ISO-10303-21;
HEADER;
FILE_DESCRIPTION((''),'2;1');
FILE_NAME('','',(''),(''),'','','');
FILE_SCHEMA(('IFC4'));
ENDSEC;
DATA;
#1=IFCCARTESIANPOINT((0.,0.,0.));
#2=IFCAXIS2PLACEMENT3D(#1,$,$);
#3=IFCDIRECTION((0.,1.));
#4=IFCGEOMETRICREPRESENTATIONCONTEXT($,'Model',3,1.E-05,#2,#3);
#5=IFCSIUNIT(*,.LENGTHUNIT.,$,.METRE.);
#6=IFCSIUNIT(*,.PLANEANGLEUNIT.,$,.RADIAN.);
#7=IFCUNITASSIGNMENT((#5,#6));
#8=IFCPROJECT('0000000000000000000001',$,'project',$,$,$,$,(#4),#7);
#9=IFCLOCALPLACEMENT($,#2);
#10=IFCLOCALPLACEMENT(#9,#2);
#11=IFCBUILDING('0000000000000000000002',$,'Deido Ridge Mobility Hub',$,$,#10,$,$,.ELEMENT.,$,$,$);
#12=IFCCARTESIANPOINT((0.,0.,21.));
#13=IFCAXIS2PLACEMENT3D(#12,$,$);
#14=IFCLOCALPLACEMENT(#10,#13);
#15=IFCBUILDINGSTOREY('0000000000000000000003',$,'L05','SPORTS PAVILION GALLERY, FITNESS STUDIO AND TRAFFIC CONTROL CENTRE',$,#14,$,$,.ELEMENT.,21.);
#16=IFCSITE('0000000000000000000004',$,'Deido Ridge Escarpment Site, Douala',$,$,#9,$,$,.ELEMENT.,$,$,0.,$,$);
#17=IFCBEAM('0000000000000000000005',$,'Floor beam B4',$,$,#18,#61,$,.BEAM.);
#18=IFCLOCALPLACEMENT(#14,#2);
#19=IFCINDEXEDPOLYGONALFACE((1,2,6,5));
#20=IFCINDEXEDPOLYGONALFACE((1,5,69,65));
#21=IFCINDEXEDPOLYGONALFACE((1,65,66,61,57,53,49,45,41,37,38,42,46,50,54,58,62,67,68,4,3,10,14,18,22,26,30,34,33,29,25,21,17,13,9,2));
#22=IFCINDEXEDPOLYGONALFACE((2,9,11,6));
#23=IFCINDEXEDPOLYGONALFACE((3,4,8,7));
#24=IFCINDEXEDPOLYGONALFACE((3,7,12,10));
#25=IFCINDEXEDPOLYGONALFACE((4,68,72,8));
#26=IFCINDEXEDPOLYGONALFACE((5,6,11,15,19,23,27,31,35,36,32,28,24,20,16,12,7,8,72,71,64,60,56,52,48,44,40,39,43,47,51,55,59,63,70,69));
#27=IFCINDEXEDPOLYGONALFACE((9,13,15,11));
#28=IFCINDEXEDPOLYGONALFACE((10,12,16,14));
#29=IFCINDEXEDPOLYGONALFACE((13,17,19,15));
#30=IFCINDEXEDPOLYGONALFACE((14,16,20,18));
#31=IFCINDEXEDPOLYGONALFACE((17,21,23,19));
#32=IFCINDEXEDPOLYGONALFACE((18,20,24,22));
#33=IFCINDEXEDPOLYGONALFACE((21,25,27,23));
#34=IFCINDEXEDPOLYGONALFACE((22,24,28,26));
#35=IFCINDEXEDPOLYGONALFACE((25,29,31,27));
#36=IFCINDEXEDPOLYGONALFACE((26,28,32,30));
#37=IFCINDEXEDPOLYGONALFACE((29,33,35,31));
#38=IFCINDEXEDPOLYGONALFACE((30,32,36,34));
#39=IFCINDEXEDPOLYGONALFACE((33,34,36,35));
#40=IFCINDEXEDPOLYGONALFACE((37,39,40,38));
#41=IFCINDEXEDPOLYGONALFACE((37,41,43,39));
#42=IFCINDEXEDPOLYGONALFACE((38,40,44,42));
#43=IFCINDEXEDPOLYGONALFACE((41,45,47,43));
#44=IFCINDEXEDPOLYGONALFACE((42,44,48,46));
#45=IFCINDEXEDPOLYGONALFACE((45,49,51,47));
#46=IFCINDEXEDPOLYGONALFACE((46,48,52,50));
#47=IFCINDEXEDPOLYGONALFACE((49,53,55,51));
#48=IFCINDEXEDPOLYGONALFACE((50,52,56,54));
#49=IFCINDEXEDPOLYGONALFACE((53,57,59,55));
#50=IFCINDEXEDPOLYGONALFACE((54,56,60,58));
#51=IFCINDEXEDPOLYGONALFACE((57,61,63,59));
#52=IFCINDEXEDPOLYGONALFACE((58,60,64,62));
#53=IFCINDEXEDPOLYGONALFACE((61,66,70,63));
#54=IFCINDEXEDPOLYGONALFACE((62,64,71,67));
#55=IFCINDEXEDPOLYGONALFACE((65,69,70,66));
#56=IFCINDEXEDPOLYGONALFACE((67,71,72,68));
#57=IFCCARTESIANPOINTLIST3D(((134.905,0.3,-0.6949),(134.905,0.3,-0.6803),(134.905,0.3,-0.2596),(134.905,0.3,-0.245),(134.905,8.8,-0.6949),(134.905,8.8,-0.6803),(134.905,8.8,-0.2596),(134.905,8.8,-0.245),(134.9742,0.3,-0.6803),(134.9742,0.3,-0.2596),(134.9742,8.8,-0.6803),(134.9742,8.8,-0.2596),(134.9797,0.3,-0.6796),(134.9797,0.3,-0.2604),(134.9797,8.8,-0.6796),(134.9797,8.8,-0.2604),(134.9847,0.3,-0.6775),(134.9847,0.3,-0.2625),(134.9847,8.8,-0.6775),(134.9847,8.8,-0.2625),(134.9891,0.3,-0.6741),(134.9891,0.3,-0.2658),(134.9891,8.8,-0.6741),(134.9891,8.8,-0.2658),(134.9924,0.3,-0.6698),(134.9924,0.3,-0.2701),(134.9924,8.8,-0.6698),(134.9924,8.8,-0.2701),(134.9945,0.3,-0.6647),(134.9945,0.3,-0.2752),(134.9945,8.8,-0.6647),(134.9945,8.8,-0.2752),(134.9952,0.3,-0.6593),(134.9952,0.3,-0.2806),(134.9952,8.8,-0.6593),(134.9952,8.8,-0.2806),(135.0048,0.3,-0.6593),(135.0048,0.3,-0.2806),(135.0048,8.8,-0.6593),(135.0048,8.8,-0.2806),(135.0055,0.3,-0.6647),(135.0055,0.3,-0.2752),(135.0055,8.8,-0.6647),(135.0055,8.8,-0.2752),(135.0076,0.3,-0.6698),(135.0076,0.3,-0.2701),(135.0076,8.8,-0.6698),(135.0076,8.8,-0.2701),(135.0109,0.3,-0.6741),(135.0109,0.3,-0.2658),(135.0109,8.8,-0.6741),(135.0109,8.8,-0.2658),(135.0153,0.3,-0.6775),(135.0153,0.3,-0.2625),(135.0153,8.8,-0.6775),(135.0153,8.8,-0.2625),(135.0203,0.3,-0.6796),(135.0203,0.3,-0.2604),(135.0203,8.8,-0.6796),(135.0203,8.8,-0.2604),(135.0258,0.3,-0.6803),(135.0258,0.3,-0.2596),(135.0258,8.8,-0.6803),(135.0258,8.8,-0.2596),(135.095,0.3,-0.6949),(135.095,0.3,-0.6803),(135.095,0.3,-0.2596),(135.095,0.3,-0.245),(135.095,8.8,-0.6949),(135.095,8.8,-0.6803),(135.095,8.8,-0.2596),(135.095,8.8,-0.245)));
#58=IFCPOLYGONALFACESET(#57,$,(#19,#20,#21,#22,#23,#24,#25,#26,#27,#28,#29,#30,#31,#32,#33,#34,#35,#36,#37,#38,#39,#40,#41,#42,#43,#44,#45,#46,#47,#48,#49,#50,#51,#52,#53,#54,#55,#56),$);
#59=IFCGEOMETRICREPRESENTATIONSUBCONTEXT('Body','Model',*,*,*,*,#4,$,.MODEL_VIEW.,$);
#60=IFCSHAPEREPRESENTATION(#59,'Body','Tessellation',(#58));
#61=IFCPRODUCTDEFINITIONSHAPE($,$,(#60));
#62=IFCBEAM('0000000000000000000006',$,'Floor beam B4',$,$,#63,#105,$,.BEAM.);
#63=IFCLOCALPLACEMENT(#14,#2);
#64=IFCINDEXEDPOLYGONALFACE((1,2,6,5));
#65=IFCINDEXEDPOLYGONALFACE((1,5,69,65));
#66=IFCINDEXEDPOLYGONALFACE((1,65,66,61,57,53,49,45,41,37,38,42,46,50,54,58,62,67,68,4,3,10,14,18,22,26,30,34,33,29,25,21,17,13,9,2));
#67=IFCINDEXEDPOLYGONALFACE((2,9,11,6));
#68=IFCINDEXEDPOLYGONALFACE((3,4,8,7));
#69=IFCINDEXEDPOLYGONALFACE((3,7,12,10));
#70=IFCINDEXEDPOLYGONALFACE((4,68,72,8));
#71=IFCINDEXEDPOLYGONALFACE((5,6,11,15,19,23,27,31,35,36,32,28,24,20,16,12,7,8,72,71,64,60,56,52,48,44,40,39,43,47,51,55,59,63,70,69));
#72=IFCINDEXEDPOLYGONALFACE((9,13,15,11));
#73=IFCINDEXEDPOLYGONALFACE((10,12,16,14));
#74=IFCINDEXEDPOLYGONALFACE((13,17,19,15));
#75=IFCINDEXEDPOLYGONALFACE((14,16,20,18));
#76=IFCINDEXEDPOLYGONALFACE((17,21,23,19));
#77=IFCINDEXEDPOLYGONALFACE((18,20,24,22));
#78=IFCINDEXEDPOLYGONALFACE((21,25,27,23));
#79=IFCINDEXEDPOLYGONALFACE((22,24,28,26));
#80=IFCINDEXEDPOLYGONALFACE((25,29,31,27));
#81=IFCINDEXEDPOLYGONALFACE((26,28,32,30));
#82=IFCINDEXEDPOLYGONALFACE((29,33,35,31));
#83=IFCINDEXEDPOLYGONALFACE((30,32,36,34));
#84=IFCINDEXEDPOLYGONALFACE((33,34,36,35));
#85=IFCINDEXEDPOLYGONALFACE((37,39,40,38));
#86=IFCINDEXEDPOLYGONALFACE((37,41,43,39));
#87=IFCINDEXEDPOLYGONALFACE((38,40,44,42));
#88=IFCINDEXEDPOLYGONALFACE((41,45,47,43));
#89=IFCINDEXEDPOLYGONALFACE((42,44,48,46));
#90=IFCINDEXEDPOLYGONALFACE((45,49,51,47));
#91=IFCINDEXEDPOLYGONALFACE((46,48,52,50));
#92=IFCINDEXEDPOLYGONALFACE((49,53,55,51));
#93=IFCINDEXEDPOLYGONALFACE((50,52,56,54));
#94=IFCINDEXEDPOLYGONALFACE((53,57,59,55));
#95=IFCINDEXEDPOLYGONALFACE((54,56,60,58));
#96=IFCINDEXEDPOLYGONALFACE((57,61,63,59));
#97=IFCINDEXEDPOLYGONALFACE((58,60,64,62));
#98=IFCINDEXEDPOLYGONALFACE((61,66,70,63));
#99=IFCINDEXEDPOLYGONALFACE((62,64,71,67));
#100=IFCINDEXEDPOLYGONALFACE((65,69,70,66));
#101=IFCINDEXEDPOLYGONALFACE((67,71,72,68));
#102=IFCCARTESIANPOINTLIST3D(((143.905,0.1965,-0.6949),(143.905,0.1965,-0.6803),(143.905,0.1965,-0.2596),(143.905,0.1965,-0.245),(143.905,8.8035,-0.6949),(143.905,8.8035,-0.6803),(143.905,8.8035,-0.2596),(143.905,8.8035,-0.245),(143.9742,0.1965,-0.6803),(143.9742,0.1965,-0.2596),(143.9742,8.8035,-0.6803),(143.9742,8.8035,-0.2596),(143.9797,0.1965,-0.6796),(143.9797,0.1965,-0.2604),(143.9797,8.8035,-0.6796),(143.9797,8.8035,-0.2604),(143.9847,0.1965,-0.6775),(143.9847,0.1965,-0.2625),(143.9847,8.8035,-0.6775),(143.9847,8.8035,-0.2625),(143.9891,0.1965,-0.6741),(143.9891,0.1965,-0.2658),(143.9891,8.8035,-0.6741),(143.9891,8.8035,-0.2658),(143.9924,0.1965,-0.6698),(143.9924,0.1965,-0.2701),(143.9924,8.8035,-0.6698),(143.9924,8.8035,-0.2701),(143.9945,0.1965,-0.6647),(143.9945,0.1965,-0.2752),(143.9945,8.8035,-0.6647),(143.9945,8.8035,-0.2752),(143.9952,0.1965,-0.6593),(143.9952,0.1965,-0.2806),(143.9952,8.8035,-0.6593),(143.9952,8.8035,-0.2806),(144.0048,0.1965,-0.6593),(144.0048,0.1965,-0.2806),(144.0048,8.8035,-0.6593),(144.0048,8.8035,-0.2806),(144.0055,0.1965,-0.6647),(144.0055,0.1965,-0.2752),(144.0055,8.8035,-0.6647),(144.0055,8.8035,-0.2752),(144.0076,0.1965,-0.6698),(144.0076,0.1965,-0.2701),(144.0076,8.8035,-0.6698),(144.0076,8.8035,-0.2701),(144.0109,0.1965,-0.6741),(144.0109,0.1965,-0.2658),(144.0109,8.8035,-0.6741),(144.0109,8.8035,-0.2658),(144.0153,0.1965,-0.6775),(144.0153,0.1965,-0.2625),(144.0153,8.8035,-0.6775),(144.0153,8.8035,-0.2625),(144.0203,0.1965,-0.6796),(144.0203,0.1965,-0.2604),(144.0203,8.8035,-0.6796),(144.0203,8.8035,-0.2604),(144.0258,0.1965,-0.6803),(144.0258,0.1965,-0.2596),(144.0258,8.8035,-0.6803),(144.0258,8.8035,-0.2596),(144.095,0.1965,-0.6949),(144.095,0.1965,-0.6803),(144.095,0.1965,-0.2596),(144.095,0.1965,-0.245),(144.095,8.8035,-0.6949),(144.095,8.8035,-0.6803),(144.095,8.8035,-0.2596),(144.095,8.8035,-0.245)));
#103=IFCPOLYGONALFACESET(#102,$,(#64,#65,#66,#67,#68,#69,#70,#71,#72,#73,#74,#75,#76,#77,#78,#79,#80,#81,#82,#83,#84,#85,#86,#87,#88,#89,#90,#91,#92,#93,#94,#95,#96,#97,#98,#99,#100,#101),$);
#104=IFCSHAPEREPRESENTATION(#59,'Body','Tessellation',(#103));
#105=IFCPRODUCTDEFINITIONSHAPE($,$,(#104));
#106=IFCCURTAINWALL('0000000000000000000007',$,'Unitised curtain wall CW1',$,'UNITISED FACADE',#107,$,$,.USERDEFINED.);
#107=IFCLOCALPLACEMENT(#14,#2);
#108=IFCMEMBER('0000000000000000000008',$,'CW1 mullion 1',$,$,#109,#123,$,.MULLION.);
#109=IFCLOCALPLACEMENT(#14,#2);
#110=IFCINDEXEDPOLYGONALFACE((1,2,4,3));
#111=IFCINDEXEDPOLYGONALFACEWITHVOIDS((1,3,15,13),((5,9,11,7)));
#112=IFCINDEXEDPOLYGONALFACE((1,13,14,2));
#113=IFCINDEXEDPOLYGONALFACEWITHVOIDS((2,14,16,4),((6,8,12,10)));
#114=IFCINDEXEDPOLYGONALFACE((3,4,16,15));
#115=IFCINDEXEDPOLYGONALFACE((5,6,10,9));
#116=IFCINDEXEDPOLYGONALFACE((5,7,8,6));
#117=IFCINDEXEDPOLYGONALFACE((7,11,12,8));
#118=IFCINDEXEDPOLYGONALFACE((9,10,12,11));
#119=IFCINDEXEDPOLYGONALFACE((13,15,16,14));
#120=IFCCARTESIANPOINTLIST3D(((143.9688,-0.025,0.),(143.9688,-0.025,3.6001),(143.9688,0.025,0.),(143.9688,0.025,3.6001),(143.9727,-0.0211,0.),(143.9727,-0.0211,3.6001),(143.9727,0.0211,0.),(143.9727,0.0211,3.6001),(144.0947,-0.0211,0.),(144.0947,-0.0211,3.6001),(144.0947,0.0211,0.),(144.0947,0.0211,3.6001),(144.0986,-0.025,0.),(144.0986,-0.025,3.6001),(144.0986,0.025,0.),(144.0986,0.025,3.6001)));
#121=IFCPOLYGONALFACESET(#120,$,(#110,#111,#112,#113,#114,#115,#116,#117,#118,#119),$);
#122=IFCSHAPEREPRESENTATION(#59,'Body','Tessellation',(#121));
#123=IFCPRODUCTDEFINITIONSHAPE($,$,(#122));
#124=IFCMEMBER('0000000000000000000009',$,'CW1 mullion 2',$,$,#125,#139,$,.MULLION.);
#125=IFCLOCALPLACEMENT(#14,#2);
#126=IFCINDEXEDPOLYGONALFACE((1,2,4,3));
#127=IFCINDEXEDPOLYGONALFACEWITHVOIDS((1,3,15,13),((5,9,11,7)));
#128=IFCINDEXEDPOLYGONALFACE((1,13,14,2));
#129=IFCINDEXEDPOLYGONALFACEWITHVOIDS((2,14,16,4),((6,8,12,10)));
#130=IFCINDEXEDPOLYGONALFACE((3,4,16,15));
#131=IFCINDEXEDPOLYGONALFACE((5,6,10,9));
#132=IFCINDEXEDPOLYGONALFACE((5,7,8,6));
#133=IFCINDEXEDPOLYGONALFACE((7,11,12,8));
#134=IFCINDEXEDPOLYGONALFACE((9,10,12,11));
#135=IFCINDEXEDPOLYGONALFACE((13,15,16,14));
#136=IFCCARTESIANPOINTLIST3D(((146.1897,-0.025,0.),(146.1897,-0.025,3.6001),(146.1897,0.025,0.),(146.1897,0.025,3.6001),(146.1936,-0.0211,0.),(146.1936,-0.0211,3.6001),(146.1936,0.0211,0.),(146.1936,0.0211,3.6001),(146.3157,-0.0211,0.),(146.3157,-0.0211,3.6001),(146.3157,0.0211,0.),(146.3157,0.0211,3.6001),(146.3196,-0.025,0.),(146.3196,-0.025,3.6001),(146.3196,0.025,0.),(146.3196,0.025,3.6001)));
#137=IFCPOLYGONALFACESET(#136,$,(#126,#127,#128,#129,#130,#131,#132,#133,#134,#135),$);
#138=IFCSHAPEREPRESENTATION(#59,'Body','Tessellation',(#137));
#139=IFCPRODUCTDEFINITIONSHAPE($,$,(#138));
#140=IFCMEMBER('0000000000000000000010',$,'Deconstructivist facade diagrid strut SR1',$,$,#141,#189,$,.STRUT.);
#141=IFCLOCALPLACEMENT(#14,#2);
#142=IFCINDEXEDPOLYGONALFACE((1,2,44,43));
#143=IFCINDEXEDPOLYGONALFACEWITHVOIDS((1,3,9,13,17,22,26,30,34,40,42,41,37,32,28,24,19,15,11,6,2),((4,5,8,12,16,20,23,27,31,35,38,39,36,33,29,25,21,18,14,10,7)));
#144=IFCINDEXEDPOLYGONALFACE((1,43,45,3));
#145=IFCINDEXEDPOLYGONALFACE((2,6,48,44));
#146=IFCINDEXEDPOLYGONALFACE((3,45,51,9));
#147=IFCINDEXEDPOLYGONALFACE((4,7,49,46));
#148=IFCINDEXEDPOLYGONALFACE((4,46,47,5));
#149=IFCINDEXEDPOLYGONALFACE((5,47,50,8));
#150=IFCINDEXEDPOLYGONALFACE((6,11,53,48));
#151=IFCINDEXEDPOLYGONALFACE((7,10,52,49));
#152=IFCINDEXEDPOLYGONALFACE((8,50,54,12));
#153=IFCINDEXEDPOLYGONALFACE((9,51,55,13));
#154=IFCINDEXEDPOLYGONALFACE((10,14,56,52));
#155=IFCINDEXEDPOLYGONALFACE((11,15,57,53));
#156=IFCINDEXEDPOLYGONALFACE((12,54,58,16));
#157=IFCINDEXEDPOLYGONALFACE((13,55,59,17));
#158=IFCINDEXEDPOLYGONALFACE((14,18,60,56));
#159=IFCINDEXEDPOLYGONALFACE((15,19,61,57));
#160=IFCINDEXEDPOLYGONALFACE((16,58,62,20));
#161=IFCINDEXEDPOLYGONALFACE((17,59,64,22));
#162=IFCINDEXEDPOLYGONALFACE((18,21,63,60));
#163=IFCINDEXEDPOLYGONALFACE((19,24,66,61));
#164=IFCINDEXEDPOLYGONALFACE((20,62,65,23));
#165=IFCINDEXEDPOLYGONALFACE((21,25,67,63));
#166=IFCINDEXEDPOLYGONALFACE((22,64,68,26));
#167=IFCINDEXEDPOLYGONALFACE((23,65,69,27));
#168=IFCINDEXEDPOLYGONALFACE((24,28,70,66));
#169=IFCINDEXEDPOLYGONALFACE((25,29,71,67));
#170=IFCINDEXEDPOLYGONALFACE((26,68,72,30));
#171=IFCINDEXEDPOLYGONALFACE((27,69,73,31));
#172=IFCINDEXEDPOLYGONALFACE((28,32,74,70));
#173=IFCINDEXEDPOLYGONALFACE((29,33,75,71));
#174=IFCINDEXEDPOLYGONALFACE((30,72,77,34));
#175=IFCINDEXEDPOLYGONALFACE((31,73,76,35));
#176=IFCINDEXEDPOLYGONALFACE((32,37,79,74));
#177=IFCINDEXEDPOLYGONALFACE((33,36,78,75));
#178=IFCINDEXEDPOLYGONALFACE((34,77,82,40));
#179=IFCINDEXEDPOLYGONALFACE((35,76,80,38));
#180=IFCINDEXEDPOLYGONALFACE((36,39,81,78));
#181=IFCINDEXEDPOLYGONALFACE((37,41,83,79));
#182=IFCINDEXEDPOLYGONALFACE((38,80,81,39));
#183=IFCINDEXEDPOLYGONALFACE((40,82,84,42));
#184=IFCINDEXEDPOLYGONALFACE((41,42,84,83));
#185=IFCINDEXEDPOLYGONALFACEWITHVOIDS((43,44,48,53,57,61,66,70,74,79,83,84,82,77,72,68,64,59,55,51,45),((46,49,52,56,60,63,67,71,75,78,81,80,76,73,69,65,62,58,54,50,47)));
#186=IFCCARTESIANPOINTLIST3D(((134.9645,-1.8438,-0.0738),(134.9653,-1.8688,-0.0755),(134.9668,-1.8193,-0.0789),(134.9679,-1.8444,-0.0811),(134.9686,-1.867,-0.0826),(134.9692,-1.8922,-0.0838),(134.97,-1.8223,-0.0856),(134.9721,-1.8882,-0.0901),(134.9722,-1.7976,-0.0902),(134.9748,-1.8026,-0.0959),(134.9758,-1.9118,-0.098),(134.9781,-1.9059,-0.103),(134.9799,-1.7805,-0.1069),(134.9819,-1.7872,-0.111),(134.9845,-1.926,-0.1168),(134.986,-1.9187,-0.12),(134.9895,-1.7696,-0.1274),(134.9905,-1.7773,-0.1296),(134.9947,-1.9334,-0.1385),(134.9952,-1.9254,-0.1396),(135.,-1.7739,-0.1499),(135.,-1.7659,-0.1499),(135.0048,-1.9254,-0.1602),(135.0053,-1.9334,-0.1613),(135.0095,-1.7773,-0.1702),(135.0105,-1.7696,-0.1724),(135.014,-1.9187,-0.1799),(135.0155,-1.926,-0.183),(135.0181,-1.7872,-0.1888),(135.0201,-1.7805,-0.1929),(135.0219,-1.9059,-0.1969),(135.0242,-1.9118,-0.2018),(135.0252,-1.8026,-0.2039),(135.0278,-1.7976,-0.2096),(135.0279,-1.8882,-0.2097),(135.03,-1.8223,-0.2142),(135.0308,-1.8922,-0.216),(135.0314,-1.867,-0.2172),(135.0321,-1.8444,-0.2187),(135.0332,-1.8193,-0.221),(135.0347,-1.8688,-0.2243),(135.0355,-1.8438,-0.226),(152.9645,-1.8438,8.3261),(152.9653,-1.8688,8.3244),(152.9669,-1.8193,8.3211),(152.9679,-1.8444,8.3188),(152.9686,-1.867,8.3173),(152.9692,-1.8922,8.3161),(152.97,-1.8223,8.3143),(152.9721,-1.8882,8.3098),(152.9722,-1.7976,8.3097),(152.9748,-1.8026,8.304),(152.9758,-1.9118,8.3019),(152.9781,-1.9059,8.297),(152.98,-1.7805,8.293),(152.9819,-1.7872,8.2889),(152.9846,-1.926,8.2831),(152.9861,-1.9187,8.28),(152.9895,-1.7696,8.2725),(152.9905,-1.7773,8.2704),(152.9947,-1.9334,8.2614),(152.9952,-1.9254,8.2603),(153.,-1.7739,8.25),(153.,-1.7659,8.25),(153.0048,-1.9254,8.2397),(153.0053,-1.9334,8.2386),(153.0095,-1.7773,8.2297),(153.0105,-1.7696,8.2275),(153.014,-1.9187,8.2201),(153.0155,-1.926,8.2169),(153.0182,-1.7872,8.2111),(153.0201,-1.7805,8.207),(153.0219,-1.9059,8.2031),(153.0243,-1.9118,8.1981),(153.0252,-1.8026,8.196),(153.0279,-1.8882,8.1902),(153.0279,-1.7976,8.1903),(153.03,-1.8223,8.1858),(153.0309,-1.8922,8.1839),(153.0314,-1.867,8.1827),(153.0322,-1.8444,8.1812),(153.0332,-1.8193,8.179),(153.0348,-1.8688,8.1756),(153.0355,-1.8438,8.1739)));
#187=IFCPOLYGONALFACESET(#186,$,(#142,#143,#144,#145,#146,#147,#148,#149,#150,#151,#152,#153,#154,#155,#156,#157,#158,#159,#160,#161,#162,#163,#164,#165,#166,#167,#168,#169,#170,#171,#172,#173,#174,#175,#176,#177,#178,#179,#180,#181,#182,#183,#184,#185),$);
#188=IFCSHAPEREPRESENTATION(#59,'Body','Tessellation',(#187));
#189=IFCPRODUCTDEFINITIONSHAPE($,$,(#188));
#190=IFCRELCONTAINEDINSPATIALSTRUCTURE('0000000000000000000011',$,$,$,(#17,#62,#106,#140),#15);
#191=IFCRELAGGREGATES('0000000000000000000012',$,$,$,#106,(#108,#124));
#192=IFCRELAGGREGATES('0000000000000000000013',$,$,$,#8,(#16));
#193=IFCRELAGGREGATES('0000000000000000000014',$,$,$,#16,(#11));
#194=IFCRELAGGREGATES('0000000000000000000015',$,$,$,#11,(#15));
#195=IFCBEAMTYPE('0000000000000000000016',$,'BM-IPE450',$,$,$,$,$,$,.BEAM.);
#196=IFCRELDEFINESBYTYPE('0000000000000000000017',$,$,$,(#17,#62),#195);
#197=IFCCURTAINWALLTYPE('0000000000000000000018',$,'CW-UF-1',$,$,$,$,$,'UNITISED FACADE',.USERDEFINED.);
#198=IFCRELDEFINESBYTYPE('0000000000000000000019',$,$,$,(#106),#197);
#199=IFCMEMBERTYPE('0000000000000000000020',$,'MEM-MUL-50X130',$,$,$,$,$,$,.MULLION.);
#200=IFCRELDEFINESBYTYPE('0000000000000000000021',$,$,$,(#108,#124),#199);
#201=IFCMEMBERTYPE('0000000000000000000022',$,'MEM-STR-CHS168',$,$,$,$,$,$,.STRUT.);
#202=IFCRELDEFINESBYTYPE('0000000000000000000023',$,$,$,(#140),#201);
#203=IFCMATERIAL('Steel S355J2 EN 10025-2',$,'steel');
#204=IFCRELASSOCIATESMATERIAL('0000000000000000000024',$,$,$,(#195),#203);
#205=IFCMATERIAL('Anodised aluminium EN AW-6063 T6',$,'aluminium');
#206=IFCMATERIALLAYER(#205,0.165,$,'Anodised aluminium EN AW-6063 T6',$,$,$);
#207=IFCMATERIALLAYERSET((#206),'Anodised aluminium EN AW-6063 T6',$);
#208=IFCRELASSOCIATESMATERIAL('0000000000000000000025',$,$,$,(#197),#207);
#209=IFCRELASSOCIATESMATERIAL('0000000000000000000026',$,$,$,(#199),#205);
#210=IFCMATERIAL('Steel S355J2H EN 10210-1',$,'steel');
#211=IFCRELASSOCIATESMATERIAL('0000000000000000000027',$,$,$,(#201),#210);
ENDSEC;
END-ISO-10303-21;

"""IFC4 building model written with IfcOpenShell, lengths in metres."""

from ifc_helpers import new_model, si_unit, direction, frame, origin, origin_2d, place, context, subcontext, project, spatial, hollow_rectangle, hollow_circle, i_section, extrude, material, layer, layer_set, material_profile, profile_set, type_object, element, aggregate, save


model = new_model("IFC4")

# Units and contexts
model_context = context("Model", 3, precision=1e-05, world=origin(), true_north=direction((0.0, 1.0)))
body_context = subcontext(model_context, "Body", "Model", "MODEL_VIEW")
ifc_project = project(units=[si_unit("LENGTHUNIT", "METRE"), si_unit("PLANEANGLEUNIT", "RADIAN")], contexts=[model_context])

# Site, building, storey
site_placement = place(None, origin())
site = spatial("IfcSite", under=ifc_project, at=site_placement, Name="Deido Ridge Escarpment Site, Douala", CompositionType="ELEMENT", RefElevation=0.0)
building_placement = place(site_placement, origin())
building = spatial("IfcBuilding", under=site, at=building_placement, Name="Deido Ridge Mobility Hub", CompositionType="ELEMENT")
storey_placement = place(building_placement, frame((0.0, 0.0, 21.0)))
storey = spatial("IfcBuildingStorey", under=building, at=storey_placement, Name="L05", Description="SPORTS PAVILION GALLERY, FITNESS STUDIO AND TRAFFIC CONTROL CENTRE", CompositionType="ELEMENT", Elevation=21.0)

# Shared definitions
ifc_material_1 = material(Name="Steel S355J2 EN 10025-2", Category="steel")

# Beams
ifc_material_profile_1 = material_profile(ifc_material_1, i_section(OverallWidth=0.1899, OverallDepth=0.45, WebThickness=0.0095, FlangeThickness=0.0146, FilletRadius=0.021, at=origin_2d()), Name="IPE 450")
ifc_profile_set_1 = profile_set([ifc_material_profile_1], Name="Steel S355J2 EN 10025-2")
beam_type_1 = type_object("IfcBeamType", Name="BM-IPE450", PredefinedType="BEAM", material=ifc_profile_set_1)
beam_1_placement = place(storey_placement, frame((135.0, 0.3, -0.47), z_axis=(0.0, 1.0, 0.0), x_axis=(-1.0, 0.0, 0.0)))
element("IfcBeam", 1, at=beam_1_placement, inside=storey, type_object=beam_type_1, Name="Floor beam B4", PredefinedType="BEAM", context=body_context, shape_type="SweptSolid", body=[
    extrude(i_section(OverallWidth=0.1899, OverallDepth=0.45, WebThickness=0.0095, FlangeThickness=0.0146, FilletRadius=0.021, at=origin_2d()), origin(), (0.0, 0.0, 1.0), 8.5),
])
beam_2_placement = place(storey_placement, frame((144.0, 0.1965, -0.47), z_axis=(0.0, 1.0, 0.0), x_axis=(-1.0, 0.0, 0.0)))
element("IfcBeam", 2, at=beam_2_placement, inside=storey, type_object=beam_type_1, Name="Floor beam B4", PredefinedType="BEAM", context=body_context, shape_type="SweptSolid", body=[
    extrude(i_section(OverallWidth=0.1899, OverallDepth=0.45, WebThickness=0.0095, FlangeThickness=0.0146, FilletRadius=0.021, at=origin_2d()), origin(), (0.0, 0.0, 1.0), 8.6069),
])

# Curtain wall, members
ifc_material_2 = material(Name="Anodised aluminium EN AW-6063 T6", Category="aluminium")
ifc_layer_1 = layer(ifc_material_2, 0.165, Name="Anodised aluminium EN AW-6063 T6")
ifc_layer_set_1 = layer_set([ifc_layer_1], Name="Anodised aluminium EN AW-6063 T6")
curtain_wall_type = type_object("IfcCurtainWallType", Name="CW-UF-1", ElementType="UNITISED FACADE", PredefinedType="USERDEFINED", material=ifc_layer_set_1)
curtain_wall_placement = place(storey_placement, origin())
curtain_wall = element("IfcCurtainWall", 3, at=curtain_wall_placement, inside=storey, type_object=curtain_wall_type, Name="Unitised curtain wall CW1", ObjectType="UNITISED FACADE", PredefinedType="USERDEFINED")
ifc_material_profile_2 = material_profile(ifc_material_2, hollow_rectangle(XDim=0.05, YDim=0.1299, WallThickness=0.0039, at=origin_2d()), Name="RHS 50x130x4")
ifc_profile_set_2 = profile_set([ifc_material_profile_2], Name="Anodised aluminium EN AW-6063 T6")
member_type_1 = type_object("IfcMemberType", Name="MEM-MUL-50X130", PredefinedType="MULLION", material=ifc_profile_set_2)
member_1_placement = place(storey_placement, frame((144.0337, 0.0, 0.0), z_axis=(0.0, 0.0, 1.0), x_axis=(0.0, 1.0, 0.0)))
member_1 = element("IfcMember", 4, at=member_1_placement, type_object=member_type_1, Name="CW1 mullion 1", PredefinedType="MULLION", context=body_context, shape_type="SweptSolid", body=[
    extrude(hollow_rectangle(XDim=0.05, YDim=0.1299, WallThickness=0.0039, at=origin_2d()), origin(), (0.0, 0.0, 1.0), 3.6001),
])
member_2_placement = place(storey_placement, frame((146.2546, 0.0, 0.0), z_axis=(0.0, 0.0, 1.0), x_axis=(0.0, 1.0, 0.0)))
member_2 = element("IfcMember", 5, at=member_2_placement, type_object=member_type_1, Name="CW1 mullion 2", PredefinedType="MULLION", context=body_context, shape_type="SweptSolid", body=[
    extrude(hollow_rectangle(XDim=0.05, YDim=0.1299, WallThickness=0.0039, at=origin_2d()), origin(), (0.0, 0.0, 1.0), 3.6001),
])

# Member
ifc_material_3 = material(Name="Steel S355J2H EN 10210-1", Category="steel")
ifc_material_profile_3 = material_profile(ifc_material_3, hollow_circle(Radius=0.0842, WallThickness=0.0081, at=origin_2d()), Name="CHS 168.3x8")
ifc_profile_set_3 = profile_set([ifc_material_profile_3], Name="Steel S355J2H EN 10210-1")
member_type_2 = type_object("IfcMemberType", Name="MEM-STR-CHS168", PredefinedType="STRUT", material=ifc_profile_set_3)
member_3_placement = place(storey_placement, frame((135.0, -1.8501, -0.1499), z_axis=(0.906185, 0.0, 0.422881), x_axis=(0.0, 1.0, 0.0)))
element("IfcMember", 6, at=member_3_placement, inside=storey, type_object=member_type_2, Name="Deconstructivist facade diagrid strut SR1", PredefinedType="STRUT", context=body_context, shape_type="SweptSolid", body=[
    extrude(hollow_circle(Radius=0.0842, WallThickness=0.0081, at=origin_2d()), origin(), (0.0, 0.0, 1.0), 19.8635),
])

aggregate(curtain_wall, [member_1, member_2])

save(model, "model.ifc")
